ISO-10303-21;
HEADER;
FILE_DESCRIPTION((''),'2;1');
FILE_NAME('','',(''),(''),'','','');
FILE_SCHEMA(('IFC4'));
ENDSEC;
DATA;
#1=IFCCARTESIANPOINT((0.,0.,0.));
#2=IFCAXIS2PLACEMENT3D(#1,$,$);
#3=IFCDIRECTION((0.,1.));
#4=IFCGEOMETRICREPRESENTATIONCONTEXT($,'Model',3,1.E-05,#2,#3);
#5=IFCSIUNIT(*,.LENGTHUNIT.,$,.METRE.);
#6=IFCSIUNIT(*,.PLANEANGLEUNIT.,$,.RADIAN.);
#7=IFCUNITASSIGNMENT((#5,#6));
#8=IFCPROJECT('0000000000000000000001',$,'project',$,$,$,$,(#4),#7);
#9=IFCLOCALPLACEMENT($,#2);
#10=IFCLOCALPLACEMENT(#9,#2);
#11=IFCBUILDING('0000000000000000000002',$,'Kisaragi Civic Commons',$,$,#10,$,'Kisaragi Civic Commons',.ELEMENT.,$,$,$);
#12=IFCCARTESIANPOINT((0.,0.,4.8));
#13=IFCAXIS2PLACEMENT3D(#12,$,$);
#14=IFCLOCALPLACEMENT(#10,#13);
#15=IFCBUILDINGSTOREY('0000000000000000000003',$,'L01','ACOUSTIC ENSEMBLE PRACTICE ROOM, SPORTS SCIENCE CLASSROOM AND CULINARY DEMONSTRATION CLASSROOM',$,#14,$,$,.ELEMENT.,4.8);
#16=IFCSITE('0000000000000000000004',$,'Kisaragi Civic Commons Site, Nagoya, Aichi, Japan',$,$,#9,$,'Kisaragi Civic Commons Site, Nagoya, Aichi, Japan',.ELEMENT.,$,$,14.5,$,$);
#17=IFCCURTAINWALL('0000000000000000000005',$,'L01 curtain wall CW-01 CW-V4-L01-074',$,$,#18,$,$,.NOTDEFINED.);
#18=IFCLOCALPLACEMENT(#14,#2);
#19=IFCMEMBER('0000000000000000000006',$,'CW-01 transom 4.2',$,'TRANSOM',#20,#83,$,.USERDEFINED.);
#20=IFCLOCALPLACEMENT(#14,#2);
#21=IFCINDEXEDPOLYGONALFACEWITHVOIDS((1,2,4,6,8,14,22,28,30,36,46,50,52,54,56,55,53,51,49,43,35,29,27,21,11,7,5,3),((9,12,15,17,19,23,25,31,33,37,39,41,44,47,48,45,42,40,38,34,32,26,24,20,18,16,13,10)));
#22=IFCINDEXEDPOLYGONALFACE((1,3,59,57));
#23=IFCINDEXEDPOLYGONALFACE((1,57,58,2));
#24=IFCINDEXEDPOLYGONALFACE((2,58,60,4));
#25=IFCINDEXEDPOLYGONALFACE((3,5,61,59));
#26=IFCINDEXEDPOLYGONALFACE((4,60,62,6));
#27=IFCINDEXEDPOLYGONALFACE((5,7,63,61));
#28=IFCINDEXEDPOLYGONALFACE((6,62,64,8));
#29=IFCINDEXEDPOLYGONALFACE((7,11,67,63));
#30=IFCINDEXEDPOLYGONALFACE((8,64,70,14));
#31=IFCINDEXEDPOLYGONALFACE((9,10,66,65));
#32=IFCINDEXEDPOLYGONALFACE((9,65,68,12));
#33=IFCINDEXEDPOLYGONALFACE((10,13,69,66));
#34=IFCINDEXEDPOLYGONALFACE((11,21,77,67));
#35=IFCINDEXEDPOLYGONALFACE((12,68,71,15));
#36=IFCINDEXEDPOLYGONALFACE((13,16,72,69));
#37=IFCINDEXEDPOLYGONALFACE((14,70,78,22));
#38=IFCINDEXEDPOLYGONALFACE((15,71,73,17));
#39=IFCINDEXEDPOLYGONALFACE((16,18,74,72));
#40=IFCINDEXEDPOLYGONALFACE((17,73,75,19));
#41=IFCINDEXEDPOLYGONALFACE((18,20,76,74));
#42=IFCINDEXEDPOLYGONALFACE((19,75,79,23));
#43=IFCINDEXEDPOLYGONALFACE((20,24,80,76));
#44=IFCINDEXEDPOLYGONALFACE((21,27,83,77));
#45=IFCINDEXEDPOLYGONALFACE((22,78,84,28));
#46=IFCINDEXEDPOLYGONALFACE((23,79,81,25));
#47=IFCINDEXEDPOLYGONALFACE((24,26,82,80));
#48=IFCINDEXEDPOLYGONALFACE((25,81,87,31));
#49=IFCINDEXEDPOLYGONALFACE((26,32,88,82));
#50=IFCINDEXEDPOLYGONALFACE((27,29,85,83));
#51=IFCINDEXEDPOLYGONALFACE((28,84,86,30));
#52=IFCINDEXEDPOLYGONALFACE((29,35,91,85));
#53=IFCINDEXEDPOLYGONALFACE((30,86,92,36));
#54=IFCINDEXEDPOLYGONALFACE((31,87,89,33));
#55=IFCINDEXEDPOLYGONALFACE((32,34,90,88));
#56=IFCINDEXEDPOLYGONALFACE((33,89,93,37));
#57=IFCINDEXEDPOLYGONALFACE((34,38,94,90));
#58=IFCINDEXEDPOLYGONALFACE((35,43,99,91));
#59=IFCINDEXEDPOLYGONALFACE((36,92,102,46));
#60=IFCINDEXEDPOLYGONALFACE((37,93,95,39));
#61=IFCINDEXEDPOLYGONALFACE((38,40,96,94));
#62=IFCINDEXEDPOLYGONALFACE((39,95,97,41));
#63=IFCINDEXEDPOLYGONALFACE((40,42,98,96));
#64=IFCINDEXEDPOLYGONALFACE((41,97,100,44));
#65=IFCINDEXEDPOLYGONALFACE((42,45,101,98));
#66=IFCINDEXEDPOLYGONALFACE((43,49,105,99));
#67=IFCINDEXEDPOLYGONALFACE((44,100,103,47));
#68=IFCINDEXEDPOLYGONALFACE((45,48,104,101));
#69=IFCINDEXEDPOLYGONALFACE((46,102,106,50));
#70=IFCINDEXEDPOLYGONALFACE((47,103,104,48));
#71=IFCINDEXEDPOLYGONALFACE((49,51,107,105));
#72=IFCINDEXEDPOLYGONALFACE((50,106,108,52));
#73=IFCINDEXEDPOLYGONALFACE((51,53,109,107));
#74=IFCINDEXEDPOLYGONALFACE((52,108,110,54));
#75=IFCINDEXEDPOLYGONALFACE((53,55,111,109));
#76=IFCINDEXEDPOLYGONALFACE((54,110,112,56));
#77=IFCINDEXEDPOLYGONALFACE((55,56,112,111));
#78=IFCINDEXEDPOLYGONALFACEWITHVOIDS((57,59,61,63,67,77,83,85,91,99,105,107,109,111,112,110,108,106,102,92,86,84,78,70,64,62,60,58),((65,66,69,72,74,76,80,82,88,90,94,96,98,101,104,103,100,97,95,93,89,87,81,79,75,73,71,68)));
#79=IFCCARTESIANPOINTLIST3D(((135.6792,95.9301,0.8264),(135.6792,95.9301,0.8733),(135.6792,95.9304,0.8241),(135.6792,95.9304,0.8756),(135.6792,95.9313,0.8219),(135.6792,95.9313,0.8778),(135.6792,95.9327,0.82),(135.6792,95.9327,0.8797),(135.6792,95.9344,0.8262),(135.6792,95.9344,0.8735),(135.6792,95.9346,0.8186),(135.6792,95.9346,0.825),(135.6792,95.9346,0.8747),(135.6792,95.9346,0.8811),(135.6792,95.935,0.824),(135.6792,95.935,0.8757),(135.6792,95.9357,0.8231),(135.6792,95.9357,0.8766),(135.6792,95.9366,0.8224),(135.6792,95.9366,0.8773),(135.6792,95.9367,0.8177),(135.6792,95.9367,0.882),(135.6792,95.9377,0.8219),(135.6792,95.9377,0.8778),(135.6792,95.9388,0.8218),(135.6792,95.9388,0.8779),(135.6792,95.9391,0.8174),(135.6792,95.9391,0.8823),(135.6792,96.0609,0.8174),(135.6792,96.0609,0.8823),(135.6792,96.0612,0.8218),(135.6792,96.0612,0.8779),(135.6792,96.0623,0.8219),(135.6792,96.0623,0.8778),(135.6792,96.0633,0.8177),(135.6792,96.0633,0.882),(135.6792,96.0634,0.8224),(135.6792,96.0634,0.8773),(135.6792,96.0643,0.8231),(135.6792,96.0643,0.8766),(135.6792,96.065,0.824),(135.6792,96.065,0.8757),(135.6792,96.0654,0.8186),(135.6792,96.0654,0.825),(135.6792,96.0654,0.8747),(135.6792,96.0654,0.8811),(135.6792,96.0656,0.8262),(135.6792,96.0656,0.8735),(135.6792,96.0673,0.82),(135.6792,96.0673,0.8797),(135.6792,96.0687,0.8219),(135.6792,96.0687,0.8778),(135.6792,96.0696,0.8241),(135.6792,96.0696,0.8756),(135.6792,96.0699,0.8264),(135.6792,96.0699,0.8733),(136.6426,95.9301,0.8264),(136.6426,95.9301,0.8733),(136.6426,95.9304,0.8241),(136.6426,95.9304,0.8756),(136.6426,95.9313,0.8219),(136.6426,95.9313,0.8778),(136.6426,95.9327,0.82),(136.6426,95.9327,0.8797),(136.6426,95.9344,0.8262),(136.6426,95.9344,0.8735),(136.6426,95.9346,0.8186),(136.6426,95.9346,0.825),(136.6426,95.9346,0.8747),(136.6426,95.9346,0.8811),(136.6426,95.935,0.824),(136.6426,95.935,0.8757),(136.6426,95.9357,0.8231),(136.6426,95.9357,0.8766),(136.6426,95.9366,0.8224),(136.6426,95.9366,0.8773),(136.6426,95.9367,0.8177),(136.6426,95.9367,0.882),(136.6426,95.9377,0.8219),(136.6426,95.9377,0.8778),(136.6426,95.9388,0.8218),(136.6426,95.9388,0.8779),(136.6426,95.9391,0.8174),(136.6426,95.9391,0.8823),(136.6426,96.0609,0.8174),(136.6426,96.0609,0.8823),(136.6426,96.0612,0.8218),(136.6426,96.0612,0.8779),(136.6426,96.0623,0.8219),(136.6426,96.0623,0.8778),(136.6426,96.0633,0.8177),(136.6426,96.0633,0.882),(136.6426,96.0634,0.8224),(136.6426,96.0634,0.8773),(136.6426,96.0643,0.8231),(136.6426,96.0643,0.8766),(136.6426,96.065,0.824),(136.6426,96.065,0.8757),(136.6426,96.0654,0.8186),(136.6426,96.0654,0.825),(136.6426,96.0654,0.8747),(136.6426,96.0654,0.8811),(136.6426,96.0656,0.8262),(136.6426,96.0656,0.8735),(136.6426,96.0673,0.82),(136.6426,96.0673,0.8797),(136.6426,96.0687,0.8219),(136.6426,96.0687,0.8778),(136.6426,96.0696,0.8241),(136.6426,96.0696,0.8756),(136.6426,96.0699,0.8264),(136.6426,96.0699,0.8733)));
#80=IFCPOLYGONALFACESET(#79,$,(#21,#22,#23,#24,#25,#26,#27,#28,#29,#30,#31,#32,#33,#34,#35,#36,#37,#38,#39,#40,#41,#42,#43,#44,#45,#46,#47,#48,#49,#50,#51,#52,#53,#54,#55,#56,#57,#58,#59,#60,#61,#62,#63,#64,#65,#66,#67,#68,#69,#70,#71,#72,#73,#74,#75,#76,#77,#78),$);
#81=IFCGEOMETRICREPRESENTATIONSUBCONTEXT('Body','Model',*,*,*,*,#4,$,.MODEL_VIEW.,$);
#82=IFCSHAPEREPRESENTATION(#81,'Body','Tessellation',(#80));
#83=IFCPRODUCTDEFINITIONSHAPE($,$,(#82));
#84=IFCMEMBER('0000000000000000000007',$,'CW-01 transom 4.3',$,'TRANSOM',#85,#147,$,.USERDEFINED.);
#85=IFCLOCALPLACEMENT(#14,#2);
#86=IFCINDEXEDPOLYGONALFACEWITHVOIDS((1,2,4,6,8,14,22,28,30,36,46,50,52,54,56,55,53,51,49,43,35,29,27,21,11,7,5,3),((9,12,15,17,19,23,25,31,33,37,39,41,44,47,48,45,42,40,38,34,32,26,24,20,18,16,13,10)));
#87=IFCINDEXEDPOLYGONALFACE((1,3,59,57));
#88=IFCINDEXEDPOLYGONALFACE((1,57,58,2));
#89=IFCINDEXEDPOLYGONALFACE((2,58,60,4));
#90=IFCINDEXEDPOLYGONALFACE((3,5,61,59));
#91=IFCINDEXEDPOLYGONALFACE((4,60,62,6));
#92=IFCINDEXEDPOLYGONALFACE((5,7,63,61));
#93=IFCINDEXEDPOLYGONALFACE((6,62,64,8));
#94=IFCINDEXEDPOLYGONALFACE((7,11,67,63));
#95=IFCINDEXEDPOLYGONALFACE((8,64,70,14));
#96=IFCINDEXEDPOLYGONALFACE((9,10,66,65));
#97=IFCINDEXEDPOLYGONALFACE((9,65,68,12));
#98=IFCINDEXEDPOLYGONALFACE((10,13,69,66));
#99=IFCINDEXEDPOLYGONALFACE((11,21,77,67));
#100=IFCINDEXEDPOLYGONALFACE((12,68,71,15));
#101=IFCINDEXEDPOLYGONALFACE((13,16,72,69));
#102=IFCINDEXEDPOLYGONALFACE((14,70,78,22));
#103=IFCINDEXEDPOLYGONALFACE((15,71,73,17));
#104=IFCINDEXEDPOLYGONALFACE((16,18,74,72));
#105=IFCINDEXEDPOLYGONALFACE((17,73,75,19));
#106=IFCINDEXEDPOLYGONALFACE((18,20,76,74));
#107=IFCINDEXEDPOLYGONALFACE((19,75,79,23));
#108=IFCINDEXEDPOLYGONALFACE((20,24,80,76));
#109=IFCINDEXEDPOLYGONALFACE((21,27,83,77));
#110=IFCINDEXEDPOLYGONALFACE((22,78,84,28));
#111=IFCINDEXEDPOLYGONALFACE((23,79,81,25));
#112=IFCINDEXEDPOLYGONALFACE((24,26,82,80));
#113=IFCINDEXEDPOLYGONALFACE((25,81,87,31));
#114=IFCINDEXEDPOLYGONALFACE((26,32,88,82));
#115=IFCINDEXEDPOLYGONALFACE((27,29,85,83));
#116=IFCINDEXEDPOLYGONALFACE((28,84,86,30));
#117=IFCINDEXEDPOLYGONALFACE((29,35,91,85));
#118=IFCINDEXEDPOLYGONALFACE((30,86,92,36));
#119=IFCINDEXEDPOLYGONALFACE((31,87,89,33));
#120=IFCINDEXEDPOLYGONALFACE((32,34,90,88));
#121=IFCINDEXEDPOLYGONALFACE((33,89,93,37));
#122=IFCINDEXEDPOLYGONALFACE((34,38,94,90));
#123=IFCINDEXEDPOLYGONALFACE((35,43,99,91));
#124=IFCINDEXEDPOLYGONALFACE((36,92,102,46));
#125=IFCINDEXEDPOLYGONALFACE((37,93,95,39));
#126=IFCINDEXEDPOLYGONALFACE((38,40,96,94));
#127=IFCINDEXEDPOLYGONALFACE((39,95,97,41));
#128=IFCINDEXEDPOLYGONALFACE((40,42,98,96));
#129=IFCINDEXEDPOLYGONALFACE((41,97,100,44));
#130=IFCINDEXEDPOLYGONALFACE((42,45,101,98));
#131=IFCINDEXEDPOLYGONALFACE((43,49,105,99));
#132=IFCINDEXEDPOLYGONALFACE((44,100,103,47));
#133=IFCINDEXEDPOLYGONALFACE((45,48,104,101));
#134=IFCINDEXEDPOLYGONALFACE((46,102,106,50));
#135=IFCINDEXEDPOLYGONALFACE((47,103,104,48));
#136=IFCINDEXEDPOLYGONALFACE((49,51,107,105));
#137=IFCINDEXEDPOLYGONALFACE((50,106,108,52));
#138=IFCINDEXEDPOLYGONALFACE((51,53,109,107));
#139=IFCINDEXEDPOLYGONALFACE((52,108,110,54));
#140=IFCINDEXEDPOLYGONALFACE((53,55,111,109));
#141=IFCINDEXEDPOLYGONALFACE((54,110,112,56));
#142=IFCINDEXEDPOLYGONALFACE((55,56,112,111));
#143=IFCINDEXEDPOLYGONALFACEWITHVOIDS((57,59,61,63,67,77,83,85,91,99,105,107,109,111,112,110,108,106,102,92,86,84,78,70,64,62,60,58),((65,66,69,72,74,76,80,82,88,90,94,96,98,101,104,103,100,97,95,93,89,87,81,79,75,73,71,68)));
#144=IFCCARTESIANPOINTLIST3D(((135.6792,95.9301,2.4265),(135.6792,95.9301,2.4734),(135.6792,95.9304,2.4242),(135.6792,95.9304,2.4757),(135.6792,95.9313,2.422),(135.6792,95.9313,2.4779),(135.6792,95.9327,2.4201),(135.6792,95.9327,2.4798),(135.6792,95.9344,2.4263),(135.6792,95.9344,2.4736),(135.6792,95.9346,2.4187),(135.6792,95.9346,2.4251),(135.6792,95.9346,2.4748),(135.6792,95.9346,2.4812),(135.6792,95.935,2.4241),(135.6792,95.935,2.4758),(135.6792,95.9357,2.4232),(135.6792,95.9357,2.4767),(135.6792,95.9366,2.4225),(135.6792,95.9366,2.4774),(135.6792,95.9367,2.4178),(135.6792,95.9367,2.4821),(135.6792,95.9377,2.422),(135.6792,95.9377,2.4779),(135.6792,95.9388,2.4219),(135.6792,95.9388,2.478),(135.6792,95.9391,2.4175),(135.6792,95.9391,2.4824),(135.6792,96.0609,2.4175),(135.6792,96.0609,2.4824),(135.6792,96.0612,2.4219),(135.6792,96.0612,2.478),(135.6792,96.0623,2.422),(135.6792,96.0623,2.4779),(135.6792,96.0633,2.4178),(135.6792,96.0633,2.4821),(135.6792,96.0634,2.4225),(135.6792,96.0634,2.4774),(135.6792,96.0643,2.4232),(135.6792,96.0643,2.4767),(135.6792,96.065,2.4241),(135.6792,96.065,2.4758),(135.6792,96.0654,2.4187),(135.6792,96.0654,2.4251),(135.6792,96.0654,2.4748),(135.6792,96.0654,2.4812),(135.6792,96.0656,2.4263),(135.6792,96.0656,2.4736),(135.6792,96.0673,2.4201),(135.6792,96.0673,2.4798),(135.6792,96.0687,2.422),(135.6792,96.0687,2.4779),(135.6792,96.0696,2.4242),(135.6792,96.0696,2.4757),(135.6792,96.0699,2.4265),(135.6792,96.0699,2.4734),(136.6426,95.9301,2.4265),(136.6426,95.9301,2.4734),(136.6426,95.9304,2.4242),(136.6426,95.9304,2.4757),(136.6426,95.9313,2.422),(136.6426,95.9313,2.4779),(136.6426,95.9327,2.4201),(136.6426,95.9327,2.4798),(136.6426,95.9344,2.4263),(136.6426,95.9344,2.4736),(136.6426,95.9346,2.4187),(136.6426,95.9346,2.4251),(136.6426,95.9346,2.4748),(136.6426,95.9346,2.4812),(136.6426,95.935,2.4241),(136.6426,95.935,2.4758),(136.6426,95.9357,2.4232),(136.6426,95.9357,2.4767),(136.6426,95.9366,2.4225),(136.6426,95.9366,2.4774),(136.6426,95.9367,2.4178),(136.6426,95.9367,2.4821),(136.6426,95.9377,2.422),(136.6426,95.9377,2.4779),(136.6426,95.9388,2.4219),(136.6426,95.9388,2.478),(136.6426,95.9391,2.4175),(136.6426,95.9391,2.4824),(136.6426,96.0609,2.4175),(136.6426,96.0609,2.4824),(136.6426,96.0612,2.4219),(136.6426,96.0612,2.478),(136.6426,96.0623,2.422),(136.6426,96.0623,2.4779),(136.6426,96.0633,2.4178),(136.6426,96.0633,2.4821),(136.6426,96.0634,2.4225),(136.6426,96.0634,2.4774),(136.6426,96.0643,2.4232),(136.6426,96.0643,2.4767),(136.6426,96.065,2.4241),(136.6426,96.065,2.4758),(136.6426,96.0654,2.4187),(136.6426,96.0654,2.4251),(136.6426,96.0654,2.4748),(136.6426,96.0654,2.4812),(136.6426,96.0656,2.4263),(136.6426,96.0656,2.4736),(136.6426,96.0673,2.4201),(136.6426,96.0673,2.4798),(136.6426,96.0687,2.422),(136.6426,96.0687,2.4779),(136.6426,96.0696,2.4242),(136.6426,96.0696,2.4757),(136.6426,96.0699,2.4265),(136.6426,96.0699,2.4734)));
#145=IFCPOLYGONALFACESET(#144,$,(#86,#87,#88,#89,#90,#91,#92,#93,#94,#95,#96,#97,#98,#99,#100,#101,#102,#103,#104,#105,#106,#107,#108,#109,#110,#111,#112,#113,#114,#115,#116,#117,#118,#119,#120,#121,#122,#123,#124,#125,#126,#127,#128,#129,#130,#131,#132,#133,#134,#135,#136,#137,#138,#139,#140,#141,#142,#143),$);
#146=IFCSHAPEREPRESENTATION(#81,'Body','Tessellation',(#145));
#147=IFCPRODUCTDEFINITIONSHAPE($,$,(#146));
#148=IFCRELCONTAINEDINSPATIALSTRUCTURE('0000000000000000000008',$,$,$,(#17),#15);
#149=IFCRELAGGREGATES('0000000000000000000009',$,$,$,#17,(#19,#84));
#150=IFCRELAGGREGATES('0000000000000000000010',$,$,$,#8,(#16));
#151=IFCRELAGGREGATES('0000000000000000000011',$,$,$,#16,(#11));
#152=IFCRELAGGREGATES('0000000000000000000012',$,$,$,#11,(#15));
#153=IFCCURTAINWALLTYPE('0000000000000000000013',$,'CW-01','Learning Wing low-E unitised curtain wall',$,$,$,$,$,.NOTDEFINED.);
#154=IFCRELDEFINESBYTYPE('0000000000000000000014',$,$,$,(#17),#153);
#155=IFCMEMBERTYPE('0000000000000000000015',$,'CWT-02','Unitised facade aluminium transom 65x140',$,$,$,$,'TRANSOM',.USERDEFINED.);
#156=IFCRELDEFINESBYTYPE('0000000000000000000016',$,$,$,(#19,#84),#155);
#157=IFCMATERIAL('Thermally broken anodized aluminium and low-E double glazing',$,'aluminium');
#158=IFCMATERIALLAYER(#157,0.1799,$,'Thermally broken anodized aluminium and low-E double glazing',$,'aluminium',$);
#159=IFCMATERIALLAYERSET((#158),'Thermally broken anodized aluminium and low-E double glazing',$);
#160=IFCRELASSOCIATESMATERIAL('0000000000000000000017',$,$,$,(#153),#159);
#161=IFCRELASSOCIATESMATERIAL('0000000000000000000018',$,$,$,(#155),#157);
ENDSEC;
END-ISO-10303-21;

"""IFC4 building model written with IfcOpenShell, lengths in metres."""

from ifc_helpers import new_model, si_unit, direction, frame, origin, origin_2d, place, context, subcontext, project, spatial, hollow_rectangle, extrude, material, layer, layer_set, material_profile, profile_set, type_object, element, aggregate, save


model = new_model("IFC4")

# Units and contexts
model_context = context("Model", 3, precision=1e-05, world=origin(), true_north=direction((0.0, 1.0)))
body_context = subcontext(model_context, "Body", "Model", "MODEL_VIEW")
ifc_project = project(units=[si_unit("LENGTHUNIT", "METRE"), si_unit("PLANEANGLEUNIT", "RADIAN")], contexts=[model_context])

# Site, building, storey
site_placement = place(None, origin())
site = spatial("IfcSite", under=ifc_project, at=site_placement, Name="Kisaragi Civic Commons Site, Nagoya, Aichi, Japan", LongName="Kisaragi Civic Commons Site, Nagoya, Aichi, Japan", CompositionType="ELEMENT", RefElevation=14.5)
building_placement = place(site_placement, origin())
building = spatial("IfcBuilding", under=site, at=building_placement, Name="Kisaragi Civic Commons", LongName="Kisaragi Civic Commons", CompositionType="ELEMENT")
storey_placement = place(building_placement, frame((0.0, 0.0, 4.8)))
storey = spatial("IfcBuildingStorey", under=building, at=storey_placement, Name="L01", Description="ACOUSTIC ENSEMBLE PRACTICE ROOM, SPORTS SCIENCE CLASSROOM AND CULINARY DEMONSTRATION CLASSROOM", CompositionType="ELEMENT", Elevation=4.8)

# Curtain wall, members
ifc_material = material(Name="Thermally broken anodized aluminium and low-E double glazing", Category="aluminium")
ifc_layer_1 = layer(ifc_material, 0.1799, Name="Thermally broken anodized aluminium and low-E double glazing", Category="aluminium")
ifc_layer_set_1 = layer_set([ifc_layer_1], Name="Thermally broken anodized aluminium and low-E double glazing")
curtain_wall_type = type_object("IfcCurtainWallType", Name="CW-01", Description="Learning Wing low-E unitised curtain wall", PredefinedType="NOTDEFINED", material=ifc_layer_set_1)
curtain_wall_placement = place(storey_placement, origin())
curtain_wall = element("IfcCurtainWall", 1, at=curtain_wall_placement, inside=storey, type_object=curtain_wall_type, Name="L01 curtain wall CW-01 CW-V4-L01-074", PredefinedType="NOTDEFINED")
ifc_material_profile_1 = material_profile(ifc_material, hollow_rectangle(XDim=0.1399, YDim=0.0649, WallThickness=0.0044, InnerFilletRadius=0.0044, OuterFilletRadius=0.009, at=origin_2d()), Name="CWT-65x140x4.5", Category="aluminium")
ifc_profile_set_1 = profile_set([ifc_material_profile_1], Name="Thermally broken anodized aluminium and low-E double glazing")
member_type_1 = type_object("IfcMemberType", Name="CWT-02", Description="Unitised facade aluminium transom 65x140", ElementType="TRANSOM", PredefinedType="USERDEFINED", material=ifc_profile_set_1)
member_1_placement = place(storey_placement, frame((136.6426, 96.0, 0.8499), z_axis=(-1.0, 0.0, 0.0), x_axis=(0.0, -1.0, 0.0)))
member_1 = element("IfcMember", 2, at=member_1_placement, type_object=member_type_1, Name="CW-01 transom 4.2", ObjectType="TRANSOM", PredefinedType="USERDEFINED", context=body_context, shape_type="SweptSolid", body=[
    extrude(hollow_rectangle(XDim=0.1399, YDim=0.0649, WallThickness=0.0044, InnerFilletRadius=0.0044, OuterFilletRadius=0.009, at=origin_2d()), origin(), (0.0, 0.0, 1.0), 0.9634),
])
member_2_placement = place(storey_placement, frame((136.6426, 96.0, 2.45), z_axis=(-1.0, 0.0, 0.0), x_axis=(0.0, -1.0, 0.0)))
member_2 = element("IfcMember", 3, at=member_2_placement, type_object=member_type_1, Name="CW-01 transom 4.3", ObjectType="TRANSOM", PredefinedType="USERDEFINED", context=body_context, shape_type="SweptSolid", body=[
    extrude(hollow_rectangle(XDim=0.1399, YDim=0.0649, WallThickness=0.0044, InnerFilletRadius=0.0044, OuterFilletRadius=0.009, at=origin_2d()), origin(), (0.0, 0.0, 1.0), 0.9634),
])
aggregate(curtain_wall, [member_1, member_2])

save(model, "model.ifc")
